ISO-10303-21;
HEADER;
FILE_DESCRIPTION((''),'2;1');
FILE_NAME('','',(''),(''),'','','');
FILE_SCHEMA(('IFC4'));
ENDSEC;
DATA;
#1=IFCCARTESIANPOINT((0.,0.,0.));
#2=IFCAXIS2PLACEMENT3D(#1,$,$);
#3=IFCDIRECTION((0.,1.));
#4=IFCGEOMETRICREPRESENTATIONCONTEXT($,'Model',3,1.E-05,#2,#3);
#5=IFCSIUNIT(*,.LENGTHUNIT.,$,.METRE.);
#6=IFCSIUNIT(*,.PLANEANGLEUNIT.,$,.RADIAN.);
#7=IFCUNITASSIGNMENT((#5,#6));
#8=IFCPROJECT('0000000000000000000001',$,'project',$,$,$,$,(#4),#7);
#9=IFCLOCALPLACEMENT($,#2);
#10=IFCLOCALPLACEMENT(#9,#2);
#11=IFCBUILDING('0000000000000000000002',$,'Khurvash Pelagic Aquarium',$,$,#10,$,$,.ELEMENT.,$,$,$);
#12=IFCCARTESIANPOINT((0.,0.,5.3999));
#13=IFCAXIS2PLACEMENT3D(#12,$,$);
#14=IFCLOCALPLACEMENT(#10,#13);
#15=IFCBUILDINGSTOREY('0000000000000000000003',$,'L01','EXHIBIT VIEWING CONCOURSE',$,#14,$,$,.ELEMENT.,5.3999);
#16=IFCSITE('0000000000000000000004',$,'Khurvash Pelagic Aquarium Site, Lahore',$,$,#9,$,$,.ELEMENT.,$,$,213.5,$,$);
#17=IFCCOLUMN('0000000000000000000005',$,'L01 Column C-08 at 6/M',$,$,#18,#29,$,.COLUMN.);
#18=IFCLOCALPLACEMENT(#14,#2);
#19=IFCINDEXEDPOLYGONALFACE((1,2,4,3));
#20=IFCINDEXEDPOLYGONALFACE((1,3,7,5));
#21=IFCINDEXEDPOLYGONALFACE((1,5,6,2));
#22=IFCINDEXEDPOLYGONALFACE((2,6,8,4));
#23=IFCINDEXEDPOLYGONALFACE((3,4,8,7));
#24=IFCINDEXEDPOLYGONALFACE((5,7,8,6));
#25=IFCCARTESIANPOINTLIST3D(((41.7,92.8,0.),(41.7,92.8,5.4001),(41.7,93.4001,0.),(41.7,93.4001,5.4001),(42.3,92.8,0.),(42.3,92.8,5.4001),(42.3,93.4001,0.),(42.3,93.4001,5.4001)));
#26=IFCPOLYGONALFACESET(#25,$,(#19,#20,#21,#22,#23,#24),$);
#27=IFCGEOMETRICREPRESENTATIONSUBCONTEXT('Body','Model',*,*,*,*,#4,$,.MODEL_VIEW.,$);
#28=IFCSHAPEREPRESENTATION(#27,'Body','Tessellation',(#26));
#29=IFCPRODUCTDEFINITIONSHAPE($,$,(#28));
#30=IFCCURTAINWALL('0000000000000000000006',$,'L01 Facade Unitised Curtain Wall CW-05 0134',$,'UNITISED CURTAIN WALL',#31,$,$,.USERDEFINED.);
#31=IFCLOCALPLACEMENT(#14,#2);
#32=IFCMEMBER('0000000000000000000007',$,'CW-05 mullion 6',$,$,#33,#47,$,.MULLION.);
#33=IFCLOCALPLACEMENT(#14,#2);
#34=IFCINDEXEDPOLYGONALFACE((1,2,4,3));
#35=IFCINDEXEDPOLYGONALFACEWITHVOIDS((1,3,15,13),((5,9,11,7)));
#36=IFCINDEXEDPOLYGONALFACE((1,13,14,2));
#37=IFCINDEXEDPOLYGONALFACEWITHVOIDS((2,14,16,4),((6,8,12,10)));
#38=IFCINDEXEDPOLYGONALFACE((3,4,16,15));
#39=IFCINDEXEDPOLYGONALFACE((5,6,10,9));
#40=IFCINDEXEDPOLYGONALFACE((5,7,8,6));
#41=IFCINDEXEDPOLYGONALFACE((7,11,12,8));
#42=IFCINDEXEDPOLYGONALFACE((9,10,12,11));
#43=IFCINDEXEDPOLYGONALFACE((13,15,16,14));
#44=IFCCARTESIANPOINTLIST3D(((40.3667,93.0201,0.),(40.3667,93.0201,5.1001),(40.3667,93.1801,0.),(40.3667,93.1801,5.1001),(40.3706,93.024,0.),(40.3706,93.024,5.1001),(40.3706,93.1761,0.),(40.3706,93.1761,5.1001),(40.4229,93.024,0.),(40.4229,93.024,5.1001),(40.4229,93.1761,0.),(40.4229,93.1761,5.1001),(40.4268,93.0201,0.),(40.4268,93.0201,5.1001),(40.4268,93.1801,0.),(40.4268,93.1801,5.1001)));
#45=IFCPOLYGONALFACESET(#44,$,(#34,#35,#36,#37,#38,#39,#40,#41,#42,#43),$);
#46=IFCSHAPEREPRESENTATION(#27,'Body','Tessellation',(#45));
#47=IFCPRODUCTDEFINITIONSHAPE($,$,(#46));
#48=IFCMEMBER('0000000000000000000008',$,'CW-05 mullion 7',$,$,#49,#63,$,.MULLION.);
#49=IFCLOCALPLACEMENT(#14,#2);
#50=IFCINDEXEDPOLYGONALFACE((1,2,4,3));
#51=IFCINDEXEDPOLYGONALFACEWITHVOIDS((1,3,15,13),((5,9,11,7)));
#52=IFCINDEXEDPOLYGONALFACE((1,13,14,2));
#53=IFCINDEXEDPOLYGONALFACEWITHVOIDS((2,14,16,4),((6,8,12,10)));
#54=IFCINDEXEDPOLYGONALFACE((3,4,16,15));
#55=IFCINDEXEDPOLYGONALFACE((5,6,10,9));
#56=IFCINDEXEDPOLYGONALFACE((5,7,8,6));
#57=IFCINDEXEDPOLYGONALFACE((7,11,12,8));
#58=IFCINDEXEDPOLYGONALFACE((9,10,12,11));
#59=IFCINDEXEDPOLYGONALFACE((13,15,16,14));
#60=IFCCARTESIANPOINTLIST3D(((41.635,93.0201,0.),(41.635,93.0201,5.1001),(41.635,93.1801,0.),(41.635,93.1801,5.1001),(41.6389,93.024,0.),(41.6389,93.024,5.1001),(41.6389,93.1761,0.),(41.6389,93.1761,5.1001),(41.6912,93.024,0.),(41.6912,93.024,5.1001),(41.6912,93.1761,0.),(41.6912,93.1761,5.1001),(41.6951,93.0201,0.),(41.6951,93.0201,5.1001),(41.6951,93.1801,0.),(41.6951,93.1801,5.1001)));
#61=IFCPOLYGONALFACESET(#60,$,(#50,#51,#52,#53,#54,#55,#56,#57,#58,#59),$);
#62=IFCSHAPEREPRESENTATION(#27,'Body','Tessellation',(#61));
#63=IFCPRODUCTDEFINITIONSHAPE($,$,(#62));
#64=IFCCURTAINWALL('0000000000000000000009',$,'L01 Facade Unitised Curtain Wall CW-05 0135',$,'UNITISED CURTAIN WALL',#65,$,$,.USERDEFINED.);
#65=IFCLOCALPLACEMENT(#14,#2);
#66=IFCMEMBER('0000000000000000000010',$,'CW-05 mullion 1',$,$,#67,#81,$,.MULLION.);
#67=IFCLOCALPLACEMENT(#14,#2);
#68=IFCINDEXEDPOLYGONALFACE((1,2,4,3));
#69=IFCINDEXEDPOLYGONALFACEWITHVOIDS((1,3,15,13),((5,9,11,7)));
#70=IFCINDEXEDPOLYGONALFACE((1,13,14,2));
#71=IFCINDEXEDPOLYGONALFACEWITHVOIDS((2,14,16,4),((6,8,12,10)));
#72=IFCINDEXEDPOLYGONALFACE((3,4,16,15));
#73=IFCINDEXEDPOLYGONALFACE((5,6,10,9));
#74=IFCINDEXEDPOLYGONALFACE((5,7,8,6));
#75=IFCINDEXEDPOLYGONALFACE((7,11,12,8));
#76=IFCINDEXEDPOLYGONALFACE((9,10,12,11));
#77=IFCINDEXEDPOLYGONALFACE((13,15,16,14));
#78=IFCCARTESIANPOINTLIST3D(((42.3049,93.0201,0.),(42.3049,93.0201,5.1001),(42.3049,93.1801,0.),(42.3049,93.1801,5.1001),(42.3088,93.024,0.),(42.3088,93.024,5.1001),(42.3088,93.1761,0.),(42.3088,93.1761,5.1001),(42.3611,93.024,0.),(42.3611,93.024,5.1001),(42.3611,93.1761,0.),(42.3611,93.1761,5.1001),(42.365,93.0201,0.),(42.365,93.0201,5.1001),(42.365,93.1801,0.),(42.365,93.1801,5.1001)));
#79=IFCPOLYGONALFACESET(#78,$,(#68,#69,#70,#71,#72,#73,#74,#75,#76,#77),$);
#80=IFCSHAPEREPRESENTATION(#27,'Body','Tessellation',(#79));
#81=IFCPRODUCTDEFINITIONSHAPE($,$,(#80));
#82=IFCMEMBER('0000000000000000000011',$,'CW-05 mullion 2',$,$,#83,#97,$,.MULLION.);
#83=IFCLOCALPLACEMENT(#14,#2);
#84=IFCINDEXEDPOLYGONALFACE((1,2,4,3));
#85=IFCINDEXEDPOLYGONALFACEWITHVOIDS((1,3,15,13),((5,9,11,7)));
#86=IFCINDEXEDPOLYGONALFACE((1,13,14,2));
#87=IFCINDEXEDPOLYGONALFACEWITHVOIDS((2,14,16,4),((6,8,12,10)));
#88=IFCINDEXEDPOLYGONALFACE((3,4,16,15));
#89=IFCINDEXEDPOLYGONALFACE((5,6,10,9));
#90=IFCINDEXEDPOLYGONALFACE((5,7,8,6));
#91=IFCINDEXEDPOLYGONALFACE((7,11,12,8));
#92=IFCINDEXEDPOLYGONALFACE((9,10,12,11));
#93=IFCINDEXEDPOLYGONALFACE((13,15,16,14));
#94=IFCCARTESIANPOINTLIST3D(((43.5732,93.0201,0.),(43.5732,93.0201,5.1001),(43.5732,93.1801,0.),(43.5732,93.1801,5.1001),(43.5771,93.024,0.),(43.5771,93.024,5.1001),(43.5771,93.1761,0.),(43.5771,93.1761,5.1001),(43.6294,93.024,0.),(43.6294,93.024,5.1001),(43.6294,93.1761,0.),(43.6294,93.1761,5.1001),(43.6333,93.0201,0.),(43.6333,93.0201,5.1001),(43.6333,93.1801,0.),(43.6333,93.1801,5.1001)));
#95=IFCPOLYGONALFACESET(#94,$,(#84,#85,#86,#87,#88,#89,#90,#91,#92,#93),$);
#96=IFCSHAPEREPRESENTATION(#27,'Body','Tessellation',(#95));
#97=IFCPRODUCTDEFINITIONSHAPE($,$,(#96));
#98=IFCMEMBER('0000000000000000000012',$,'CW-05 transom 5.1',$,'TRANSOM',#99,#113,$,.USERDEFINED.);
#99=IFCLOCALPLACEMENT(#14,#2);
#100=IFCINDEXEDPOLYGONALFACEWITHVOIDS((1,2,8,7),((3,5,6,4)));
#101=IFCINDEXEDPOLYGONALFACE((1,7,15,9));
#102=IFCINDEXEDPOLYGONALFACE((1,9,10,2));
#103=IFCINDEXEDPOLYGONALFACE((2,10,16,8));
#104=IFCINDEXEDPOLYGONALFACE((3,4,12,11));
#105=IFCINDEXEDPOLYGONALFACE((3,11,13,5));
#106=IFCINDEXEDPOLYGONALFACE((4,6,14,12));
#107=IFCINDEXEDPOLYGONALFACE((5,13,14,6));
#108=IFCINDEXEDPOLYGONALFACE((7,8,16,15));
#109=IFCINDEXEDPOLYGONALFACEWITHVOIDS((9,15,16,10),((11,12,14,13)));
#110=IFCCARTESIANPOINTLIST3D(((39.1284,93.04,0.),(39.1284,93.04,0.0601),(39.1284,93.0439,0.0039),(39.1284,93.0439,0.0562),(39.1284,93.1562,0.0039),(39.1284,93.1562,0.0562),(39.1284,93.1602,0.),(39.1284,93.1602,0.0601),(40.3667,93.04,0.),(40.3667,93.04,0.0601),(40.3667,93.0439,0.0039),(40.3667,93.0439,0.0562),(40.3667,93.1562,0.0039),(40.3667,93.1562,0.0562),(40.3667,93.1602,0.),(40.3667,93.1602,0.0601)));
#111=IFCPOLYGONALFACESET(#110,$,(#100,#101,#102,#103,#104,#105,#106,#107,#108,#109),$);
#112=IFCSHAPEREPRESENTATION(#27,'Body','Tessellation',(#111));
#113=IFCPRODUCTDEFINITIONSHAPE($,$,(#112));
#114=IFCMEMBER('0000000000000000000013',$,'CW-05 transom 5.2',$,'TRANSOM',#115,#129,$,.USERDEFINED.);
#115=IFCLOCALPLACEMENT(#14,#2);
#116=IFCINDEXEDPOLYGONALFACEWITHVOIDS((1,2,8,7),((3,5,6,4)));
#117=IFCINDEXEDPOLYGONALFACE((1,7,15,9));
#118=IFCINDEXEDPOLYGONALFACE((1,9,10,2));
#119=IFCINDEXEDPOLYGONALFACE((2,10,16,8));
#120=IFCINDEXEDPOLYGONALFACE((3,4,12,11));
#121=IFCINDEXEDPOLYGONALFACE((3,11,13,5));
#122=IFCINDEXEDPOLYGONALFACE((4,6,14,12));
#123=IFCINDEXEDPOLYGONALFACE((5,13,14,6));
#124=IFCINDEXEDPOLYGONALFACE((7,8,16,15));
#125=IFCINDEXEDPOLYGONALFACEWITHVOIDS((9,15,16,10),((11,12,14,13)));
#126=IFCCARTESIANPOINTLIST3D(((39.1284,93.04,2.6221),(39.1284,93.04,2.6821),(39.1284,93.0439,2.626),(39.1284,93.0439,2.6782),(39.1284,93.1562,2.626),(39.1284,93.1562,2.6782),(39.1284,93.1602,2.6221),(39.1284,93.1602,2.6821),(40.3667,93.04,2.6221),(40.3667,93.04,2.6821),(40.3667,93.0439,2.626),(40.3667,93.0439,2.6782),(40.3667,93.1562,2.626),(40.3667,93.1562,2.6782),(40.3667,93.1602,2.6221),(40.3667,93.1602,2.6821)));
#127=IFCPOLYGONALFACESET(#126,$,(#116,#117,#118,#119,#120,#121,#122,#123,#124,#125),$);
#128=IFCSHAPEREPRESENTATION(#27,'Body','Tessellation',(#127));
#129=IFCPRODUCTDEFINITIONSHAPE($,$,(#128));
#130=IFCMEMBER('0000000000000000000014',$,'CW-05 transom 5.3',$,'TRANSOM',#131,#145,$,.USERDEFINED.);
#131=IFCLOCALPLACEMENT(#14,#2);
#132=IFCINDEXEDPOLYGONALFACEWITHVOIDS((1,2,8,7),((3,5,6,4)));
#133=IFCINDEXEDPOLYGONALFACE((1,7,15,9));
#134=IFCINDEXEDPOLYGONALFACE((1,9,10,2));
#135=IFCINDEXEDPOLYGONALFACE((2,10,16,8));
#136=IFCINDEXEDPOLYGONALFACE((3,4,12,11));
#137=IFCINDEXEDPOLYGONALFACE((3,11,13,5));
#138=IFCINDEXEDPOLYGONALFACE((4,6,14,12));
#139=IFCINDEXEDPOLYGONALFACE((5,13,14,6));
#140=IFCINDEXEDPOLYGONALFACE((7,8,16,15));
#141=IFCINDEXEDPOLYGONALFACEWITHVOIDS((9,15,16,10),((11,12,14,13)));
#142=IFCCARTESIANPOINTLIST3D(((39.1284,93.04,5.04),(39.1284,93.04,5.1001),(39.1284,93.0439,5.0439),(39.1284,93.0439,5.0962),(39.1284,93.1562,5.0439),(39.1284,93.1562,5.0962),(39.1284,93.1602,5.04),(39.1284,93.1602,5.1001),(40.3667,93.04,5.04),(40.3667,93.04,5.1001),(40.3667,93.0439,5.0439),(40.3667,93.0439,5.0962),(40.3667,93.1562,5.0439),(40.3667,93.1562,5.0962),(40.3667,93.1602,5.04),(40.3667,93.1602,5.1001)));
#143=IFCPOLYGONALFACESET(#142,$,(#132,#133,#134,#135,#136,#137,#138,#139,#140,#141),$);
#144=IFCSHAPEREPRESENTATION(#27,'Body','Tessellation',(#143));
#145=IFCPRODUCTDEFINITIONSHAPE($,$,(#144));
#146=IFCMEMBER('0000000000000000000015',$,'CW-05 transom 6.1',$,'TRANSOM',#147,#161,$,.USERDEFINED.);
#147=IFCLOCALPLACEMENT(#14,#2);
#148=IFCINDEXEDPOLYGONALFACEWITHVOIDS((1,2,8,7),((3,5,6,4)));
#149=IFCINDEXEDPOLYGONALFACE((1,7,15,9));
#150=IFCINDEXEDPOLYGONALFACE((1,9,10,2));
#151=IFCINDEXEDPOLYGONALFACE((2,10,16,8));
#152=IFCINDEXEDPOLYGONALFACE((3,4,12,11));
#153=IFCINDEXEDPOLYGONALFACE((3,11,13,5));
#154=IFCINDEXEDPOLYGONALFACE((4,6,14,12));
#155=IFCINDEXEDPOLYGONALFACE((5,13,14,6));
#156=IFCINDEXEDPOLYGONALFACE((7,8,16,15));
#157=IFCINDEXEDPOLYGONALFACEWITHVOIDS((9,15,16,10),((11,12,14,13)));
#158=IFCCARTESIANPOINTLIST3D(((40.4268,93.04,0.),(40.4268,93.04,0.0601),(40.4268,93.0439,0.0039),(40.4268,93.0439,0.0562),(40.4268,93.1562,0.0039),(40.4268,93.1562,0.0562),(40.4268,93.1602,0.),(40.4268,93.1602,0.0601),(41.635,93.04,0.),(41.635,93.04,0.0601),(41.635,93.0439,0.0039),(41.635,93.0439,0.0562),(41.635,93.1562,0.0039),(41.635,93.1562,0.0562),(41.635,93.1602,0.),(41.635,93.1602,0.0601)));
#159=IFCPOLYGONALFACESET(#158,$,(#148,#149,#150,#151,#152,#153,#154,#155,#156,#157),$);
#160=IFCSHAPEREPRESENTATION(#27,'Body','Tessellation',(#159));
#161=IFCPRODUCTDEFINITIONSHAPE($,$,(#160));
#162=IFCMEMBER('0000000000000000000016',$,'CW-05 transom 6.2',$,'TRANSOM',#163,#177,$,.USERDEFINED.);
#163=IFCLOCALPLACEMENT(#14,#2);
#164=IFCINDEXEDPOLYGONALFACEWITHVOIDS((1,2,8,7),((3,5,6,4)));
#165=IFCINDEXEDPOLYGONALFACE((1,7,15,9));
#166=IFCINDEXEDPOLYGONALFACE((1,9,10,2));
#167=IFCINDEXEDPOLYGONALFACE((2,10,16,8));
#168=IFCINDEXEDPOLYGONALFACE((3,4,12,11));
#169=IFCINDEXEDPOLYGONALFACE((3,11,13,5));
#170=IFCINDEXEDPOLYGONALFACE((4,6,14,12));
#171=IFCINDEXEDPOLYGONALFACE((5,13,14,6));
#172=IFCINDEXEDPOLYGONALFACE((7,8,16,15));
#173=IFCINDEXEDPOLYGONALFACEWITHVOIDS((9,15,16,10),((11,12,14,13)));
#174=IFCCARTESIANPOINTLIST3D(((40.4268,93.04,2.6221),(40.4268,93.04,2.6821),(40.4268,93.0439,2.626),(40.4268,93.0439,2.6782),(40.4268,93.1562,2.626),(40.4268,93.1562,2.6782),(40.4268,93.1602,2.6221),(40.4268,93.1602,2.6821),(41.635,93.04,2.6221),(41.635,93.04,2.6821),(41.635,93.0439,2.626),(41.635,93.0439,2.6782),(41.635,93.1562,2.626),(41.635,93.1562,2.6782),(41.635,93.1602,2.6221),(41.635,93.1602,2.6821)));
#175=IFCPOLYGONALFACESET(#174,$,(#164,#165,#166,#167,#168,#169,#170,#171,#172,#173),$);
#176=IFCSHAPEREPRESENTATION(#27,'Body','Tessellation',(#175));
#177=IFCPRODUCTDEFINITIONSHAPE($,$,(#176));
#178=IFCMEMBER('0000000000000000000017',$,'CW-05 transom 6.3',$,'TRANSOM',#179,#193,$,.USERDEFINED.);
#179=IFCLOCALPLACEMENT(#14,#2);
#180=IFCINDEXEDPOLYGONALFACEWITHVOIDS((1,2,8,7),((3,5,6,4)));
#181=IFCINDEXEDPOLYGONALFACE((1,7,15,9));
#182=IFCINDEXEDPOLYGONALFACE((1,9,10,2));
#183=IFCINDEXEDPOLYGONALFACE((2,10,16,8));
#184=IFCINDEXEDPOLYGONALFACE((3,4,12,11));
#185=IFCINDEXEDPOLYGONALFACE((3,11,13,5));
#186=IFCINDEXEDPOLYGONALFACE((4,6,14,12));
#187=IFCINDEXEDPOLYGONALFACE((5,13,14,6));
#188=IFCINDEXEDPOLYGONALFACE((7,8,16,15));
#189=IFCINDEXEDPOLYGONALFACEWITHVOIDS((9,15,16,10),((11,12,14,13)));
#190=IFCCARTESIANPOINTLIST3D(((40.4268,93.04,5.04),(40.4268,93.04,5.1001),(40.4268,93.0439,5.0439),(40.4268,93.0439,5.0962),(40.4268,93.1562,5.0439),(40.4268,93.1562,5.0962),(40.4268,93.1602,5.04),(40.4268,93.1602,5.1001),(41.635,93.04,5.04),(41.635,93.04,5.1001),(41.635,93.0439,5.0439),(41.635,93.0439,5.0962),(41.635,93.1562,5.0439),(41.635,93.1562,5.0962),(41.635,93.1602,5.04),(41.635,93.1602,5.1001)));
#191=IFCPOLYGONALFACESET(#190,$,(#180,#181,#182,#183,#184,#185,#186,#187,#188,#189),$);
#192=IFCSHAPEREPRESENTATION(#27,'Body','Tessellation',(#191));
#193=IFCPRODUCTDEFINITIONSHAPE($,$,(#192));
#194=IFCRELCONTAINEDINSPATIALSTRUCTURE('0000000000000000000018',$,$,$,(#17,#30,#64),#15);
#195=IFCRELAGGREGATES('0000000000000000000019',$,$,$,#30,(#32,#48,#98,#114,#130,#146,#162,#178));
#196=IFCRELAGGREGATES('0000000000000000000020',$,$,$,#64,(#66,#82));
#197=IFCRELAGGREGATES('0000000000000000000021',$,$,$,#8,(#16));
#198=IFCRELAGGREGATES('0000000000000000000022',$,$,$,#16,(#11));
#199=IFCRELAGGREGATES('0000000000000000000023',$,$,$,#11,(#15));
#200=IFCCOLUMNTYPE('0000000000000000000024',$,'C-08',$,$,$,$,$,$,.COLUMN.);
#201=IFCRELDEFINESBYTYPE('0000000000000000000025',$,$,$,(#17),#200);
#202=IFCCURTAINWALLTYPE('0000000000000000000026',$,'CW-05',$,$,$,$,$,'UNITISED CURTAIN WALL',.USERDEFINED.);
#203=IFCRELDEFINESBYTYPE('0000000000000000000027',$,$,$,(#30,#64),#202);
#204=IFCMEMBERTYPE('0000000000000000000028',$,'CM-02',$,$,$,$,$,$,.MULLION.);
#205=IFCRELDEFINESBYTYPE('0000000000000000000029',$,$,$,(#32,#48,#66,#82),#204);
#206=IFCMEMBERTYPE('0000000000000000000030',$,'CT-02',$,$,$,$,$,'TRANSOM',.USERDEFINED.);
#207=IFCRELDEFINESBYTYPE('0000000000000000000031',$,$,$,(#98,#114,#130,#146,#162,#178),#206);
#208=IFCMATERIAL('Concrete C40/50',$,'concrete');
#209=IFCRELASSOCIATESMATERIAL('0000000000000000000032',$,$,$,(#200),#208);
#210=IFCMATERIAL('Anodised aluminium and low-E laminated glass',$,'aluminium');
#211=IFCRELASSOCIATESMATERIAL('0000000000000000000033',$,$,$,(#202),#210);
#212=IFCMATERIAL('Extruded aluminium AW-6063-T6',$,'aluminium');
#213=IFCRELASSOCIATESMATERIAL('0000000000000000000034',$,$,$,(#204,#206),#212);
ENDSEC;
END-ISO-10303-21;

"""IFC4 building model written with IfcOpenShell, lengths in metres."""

from ifc_helpers import new_model, si_unit, direction, frame, origin, origin_2d, place, context, subcontext, project, spatial, rectangle, hollow_rectangle, extrude, material, material_profile, profile_set, type_object, element, aggregate, save


model = new_model("IFC4")

# Units and contexts
model_context = context("Model", 3, precision=1e-05, world=origin(), true_north=direction((0.0, 1.0)))
body_context = subcontext(model_context, "Body", "Model", "MODEL_VIEW")
ifc_project = project(units=[si_unit("LENGTHUNIT", "METRE"), si_unit("PLANEANGLEUNIT", "RADIAN")], contexts=[model_context])

# Site, building, storey
site_placement = place(None, origin())
site = spatial("IfcSite", under=ifc_project, at=site_placement, Name="Khurvash Pelagic Aquarium Site, Lahore", CompositionType="ELEMENT", RefElevation=213.5)
building_placement = place(site_placement, origin())
building = spatial("IfcBuilding", under=site, at=building_placement, Name="Khurvash Pelagic Aquarium", CompositionType="ELEMENT")
storey_placement = place(building_placement, frame((0.0, 0.0, 5.3999)))
storey = spatial("IfcBuildingStorey", under=building, at=storey_placement, Name="L01", Description="EXHIBIT VIEWING CONCOURSE", CompositionType="ELEMENT", Elevation=5.3999)

# Column
ifc_material_1 = material(Name="Concrete C40/50", Category="concrete")
ifc_material_profile_1 = material_profile(ifc_material_1, rectangle(XDim=0.6001, YDim=0.6001, at=origin_2d()), Name="RC600X600")
ifc_profile_set_1 = profile_set([ifc_material_profile_1], Name="Concrete C40/50")
column_type = type_object("IfcColumnType", Name="C-08", PredefinedType="COLUMN", material=ifc_profile_set_1)
column_placement = place(storey_placement, frame((42.0, 93.1001, 0.0), z_axis=(0.0, 0.0, 1.0), x_axis=(1.0, 0.0, 0.0)))
element("IfcColumn", 1, at=column_placement, inside=storey, type_object=column_type, Name="L01 Column C-08 at 6/M", PredefinedType="COLUMN", context=body_context, shape_type="SweptSolid", body=[
    extrude(rectangle(XDim=0.6001, YDim=0.6001, at=origin_2d()), origin(), (0.0, 0.0, 1.0), 5.4001),
])

# Curtain walls, members
ifc_material_2 = material(Name="Anodised aluminium and low-E laminated glass", Category="aluminium")
curtain_wall_type = type_object("IfcCurtainWallType", Name="CW-05", ElementType="UNITISED CURTAIN WALL", PredefinedType="USERDEFINED", material=ifc_material_2)
curtain_wall_1_placement = place(storey_placement, origin())
curtain_wall_1 = element("IfcCurtainWall", 2, at=curtain_wall_1_placement, inside=storey, type_object=curtain_wall_type, Name="L01 Facade Unitised Curtain Wall CW-05 0134", ObjectType="UNITISED CURTAIN WALL", PredefinedType="USERDEFINED")
ifc_material_3 = material(Name="Extruded aluminium AW-6063-T6", Category="aluminium")
ifc_material_profile_2 = material_profile(ifc_material_3, hollow_rectangle(XDim=0.0601, YDim=0.1599, WallThickness=0.0039, at=origin_2d()), Name="CWM60X160X4")
ifc_profile_set_2 = profile_set([ifc_material_profile_2], Name="Extruded aluminium AW-6063-T6")
member_type_1 = type_object("IfcMemberType", Name="CM-02", PredefinedType="MULLION", material=ifc_profile_set_2)
member_1_placement = place(storey_placement, frame((40.3967, 93.1001, 0.0), z_axis=(0.0, 0.0, 1.0), x_axis=(1.0, 0.0, 0.0)))
member_1 = element("IfcMember", 3, at=member_1_placement, type_object=member_type_1, Name="CW-05 mullion 6", PredefinedType="MULLION", context=body_context, shape_type="SweptSolid", body=[
    extrude(hollow_rectangle(XDim=0.0601, YDim=0.1599, WallThickness=0.0039, at=origin_2d()), origin(), (0.0, 0.0, 1.0), 5.1001),
])
member_2_placement = place(storey_placement, frame((41.665, 93.1001, 0.0), z_axis=(0.0, 0.0, 1.0), x_axis=(1.0, 0.0, 0.0)))
member_2 = element("IfcMember", 4, at=member_2_placement, type_object=member_type_1, Name="CW-05 mullion 7", PredefinedType="MULLION", context=body_context, shape_type="SweptSolid", body=[
    extrude(hollow_rectangle(XDim=0.0601, YDim=0.1599, WallThickness=0.0039, at=origin_2d()), origin(), (0.0, 0.0, 1.0), 5.1001),
])
curtain_wall_2_placement = place(storey_placement, origin())
curtain_wall_2 = element("IfcCurtainWall", 5, at=curtain_wall_2_placement, inside=storey, type_object=curtain_wall_type, Name="L01 Facade Unitised Curtain Wall CW-05 0135", ObjectType="UNITISED CURTAIN WALL", PredefinedType="USERDEFINED")
member_3_placement = place(storey_placement, frame((42.335, 93.1001, 0.0), z_axis=(0.0, 0.0, 1.0), x_axis=(1.0, 0.0, 0.0)))
member_3 = element("IfcMember", 6, at=member_3_placement, type_object=member_type_1, Name="CW-05 mullion 1", PredefinedType="MULLION", context=body_context, shape_type="SweptSolid", body=[
    extrude(hollow_rectangle(XDim=0.0601, YDim=0.1599, WallThickness=0.0039, at=origin_2d()), origin(), (0.0, 0.0, 1.0), 5.1001),
])
member_4_placement = place(storey_placement, frame((43.6033, 93.1001, 0.0), z_axis=(0.0, 0.0, 1.0), x_axis=(1.0, 0.0, 0.0)))
member_4 = element("IfcMember", 7, at=member_4_placement, type_object=member_type_1, Name="CW-05 mullion 2", PredefinedType="MULLION", context=body_context, shape_type="SweptSolid", body=[
    extrude(hollow_rectangle(XDim=0.0601, YDim=0.1599, WallThickness=0.0039, at=origin_2d()), origin(), (0.0, 0.0, 1.0), 5.1001),
])

# Members
ifc_material_profile_3 = material_profile(ifc_material_3, hollow_rectangle(XDim=0.1201, YDim=0.0601, WallThickness=0.0039, at=origin_2d()), Name="CWT120X60X4")
ifc_profile_set_3 = profile_set([ifc_material_profile_3], Name="Extruded aluminium AW-6063-T6")
member_type_2 = type_object("IfcMemberType", Name="CT-02", ElementType="TRANSOM", PredefinedType="USERDEFINED", material=ifc_profile_set_3)
member_5_placement = place(storey_placement, frame((39.1284, 93.1001, 0.03), z_axis=(1.0, 0.0, 0.0), x_axis=(0.0, 1.0, 0.0)))
member_5 = element("IfcMember", 8, at=member_5_placement, type_object=member_type_2, Name="CW-05 transom 5.1", ObjectType="TRANSOM", PredefinedType="USERDEFINED", context=body_context, shape_type="SweptSolid", body=[
    extrude(hollow_rectangle(XDim=0.1201, YDim=0.0601, WallThickness=0.0039, at=origin_2d()), origin(), (0.0, 0.0, 1.0), 1.2383),
])
member_6_placement = place(storey_placement, frame((39.1284, 93.1001, 2.6521), z_axis=(1.0, 0.0, 0.0), x_axis=(0.0, 1.0, 0.0)))
member_6 = element("IfcMember", 9, at=member_6_placement, type_object=member_type_2, Name="CW-05 transom 5.2", ObjectType="TRANSOM", PredefinedType="USERDEFINED", context=body_context, shape_type="SweptSolid", body=[
    extrude(hollow_rectangle(XDim=0.1201, YDim=0.0601, WallThickness=0.0039, at=origin_2d()), origin(), (0.0, 0.0, 1.0), 1.2383),
])
member_7_placement = place(storey_placement, frame((39.1284, 93.1001, 5.0701), z_axis=(1.0, 0.0, 0.0), x_axis=(0.0, 1.0, 0.0)))
member_7 = element("IfcMember", 10, at=member_7_placement, type_object=member_type_2, Name="CW-05 transom 5.3", ObjectType="TRANSOM", PredefinedType="USERDEFINED", context=body_context, shape_type="SweptSolid", body=[
    extrude(hollow_rectangle(XDim=0.1201, YDim=0.0601, WallThickness=0.0039, at=origin_2d()), origin(), (0.0, 0.0, 1.0), 1.2383),
])
member_8_placement = place(storey_placement, frame((40.4268, 93.1001, 0.03), z_axis=(1.0, 0.0, 0.0), x_axis=(0.0, 1.0, 0.0)))
member_8 = element("IfcMember", 11, at=member_8_placement, type_object=member_type_2, Name="CW-05 transom 6.1", ObjectType="TRANSOM", PredefinedType="USERDEFINED", context=body_context, shape_type="SweptSolid", body=[
    extrude(hollow_rectangle(XDim=0.1201, YDim=0.0601, WallThickness=0.0039, at=origin_2d()), origin(), (0.0, 0.0, 1.0), 1.2083),
])
member_9_placement = place(storey_placement, frame((40.4268, 93.1001, 2.6521), z_axis=(1.0, 0.0, 0.0), x_axis=(0.0, 1.0, 0.0)))
member_9 = element("IfcMember", 12, at=member_9_placement, type_object=member_type_2, Name="CW-05 transom 6.2", ObjectType="TRANSOM", PredefinedType="USERDEFINED", context=body_context, shape_type="SweptSolid", body=[
    extrude(hollow_rectangle(XDim=0.1201, YDim=0.0601, WallThickness=0.0039, at=origin_2d()), origin(), (0.0, 0.0, 1.0), 1.2083),
])
member_10_placement = place(storey_placement, frame((40.4268, 93.1001, 5.0701), z_axis=(1.0, 0.0, 0.0), x_axis=(0.0, 1.0, 0.0)))
member_10 = element("IfcMember", 13, at=member_10_placement, type_object=member_type_2, Name="CW-05 transom 6.3", ObjectType="TRANSOM", PredefinedType="USERDEFINED", context=body_context, shape_type="SweptSolid", body=[
    extrude(hollow_rectangle(XDim=0.1201, YDim=0.0601, WallThickness=0.0039, at=origin_2d()), origin(), (0.0, 0.0, 1.0), 1.2083),
])

aggregate(curtain_wall_1, [member_1, member_2, member_5, member_6, member_7, member_8, member_9, member_10])
aggregate(curtain_wall_2, [member_3, member_4])

save(model, "model.ifc")
